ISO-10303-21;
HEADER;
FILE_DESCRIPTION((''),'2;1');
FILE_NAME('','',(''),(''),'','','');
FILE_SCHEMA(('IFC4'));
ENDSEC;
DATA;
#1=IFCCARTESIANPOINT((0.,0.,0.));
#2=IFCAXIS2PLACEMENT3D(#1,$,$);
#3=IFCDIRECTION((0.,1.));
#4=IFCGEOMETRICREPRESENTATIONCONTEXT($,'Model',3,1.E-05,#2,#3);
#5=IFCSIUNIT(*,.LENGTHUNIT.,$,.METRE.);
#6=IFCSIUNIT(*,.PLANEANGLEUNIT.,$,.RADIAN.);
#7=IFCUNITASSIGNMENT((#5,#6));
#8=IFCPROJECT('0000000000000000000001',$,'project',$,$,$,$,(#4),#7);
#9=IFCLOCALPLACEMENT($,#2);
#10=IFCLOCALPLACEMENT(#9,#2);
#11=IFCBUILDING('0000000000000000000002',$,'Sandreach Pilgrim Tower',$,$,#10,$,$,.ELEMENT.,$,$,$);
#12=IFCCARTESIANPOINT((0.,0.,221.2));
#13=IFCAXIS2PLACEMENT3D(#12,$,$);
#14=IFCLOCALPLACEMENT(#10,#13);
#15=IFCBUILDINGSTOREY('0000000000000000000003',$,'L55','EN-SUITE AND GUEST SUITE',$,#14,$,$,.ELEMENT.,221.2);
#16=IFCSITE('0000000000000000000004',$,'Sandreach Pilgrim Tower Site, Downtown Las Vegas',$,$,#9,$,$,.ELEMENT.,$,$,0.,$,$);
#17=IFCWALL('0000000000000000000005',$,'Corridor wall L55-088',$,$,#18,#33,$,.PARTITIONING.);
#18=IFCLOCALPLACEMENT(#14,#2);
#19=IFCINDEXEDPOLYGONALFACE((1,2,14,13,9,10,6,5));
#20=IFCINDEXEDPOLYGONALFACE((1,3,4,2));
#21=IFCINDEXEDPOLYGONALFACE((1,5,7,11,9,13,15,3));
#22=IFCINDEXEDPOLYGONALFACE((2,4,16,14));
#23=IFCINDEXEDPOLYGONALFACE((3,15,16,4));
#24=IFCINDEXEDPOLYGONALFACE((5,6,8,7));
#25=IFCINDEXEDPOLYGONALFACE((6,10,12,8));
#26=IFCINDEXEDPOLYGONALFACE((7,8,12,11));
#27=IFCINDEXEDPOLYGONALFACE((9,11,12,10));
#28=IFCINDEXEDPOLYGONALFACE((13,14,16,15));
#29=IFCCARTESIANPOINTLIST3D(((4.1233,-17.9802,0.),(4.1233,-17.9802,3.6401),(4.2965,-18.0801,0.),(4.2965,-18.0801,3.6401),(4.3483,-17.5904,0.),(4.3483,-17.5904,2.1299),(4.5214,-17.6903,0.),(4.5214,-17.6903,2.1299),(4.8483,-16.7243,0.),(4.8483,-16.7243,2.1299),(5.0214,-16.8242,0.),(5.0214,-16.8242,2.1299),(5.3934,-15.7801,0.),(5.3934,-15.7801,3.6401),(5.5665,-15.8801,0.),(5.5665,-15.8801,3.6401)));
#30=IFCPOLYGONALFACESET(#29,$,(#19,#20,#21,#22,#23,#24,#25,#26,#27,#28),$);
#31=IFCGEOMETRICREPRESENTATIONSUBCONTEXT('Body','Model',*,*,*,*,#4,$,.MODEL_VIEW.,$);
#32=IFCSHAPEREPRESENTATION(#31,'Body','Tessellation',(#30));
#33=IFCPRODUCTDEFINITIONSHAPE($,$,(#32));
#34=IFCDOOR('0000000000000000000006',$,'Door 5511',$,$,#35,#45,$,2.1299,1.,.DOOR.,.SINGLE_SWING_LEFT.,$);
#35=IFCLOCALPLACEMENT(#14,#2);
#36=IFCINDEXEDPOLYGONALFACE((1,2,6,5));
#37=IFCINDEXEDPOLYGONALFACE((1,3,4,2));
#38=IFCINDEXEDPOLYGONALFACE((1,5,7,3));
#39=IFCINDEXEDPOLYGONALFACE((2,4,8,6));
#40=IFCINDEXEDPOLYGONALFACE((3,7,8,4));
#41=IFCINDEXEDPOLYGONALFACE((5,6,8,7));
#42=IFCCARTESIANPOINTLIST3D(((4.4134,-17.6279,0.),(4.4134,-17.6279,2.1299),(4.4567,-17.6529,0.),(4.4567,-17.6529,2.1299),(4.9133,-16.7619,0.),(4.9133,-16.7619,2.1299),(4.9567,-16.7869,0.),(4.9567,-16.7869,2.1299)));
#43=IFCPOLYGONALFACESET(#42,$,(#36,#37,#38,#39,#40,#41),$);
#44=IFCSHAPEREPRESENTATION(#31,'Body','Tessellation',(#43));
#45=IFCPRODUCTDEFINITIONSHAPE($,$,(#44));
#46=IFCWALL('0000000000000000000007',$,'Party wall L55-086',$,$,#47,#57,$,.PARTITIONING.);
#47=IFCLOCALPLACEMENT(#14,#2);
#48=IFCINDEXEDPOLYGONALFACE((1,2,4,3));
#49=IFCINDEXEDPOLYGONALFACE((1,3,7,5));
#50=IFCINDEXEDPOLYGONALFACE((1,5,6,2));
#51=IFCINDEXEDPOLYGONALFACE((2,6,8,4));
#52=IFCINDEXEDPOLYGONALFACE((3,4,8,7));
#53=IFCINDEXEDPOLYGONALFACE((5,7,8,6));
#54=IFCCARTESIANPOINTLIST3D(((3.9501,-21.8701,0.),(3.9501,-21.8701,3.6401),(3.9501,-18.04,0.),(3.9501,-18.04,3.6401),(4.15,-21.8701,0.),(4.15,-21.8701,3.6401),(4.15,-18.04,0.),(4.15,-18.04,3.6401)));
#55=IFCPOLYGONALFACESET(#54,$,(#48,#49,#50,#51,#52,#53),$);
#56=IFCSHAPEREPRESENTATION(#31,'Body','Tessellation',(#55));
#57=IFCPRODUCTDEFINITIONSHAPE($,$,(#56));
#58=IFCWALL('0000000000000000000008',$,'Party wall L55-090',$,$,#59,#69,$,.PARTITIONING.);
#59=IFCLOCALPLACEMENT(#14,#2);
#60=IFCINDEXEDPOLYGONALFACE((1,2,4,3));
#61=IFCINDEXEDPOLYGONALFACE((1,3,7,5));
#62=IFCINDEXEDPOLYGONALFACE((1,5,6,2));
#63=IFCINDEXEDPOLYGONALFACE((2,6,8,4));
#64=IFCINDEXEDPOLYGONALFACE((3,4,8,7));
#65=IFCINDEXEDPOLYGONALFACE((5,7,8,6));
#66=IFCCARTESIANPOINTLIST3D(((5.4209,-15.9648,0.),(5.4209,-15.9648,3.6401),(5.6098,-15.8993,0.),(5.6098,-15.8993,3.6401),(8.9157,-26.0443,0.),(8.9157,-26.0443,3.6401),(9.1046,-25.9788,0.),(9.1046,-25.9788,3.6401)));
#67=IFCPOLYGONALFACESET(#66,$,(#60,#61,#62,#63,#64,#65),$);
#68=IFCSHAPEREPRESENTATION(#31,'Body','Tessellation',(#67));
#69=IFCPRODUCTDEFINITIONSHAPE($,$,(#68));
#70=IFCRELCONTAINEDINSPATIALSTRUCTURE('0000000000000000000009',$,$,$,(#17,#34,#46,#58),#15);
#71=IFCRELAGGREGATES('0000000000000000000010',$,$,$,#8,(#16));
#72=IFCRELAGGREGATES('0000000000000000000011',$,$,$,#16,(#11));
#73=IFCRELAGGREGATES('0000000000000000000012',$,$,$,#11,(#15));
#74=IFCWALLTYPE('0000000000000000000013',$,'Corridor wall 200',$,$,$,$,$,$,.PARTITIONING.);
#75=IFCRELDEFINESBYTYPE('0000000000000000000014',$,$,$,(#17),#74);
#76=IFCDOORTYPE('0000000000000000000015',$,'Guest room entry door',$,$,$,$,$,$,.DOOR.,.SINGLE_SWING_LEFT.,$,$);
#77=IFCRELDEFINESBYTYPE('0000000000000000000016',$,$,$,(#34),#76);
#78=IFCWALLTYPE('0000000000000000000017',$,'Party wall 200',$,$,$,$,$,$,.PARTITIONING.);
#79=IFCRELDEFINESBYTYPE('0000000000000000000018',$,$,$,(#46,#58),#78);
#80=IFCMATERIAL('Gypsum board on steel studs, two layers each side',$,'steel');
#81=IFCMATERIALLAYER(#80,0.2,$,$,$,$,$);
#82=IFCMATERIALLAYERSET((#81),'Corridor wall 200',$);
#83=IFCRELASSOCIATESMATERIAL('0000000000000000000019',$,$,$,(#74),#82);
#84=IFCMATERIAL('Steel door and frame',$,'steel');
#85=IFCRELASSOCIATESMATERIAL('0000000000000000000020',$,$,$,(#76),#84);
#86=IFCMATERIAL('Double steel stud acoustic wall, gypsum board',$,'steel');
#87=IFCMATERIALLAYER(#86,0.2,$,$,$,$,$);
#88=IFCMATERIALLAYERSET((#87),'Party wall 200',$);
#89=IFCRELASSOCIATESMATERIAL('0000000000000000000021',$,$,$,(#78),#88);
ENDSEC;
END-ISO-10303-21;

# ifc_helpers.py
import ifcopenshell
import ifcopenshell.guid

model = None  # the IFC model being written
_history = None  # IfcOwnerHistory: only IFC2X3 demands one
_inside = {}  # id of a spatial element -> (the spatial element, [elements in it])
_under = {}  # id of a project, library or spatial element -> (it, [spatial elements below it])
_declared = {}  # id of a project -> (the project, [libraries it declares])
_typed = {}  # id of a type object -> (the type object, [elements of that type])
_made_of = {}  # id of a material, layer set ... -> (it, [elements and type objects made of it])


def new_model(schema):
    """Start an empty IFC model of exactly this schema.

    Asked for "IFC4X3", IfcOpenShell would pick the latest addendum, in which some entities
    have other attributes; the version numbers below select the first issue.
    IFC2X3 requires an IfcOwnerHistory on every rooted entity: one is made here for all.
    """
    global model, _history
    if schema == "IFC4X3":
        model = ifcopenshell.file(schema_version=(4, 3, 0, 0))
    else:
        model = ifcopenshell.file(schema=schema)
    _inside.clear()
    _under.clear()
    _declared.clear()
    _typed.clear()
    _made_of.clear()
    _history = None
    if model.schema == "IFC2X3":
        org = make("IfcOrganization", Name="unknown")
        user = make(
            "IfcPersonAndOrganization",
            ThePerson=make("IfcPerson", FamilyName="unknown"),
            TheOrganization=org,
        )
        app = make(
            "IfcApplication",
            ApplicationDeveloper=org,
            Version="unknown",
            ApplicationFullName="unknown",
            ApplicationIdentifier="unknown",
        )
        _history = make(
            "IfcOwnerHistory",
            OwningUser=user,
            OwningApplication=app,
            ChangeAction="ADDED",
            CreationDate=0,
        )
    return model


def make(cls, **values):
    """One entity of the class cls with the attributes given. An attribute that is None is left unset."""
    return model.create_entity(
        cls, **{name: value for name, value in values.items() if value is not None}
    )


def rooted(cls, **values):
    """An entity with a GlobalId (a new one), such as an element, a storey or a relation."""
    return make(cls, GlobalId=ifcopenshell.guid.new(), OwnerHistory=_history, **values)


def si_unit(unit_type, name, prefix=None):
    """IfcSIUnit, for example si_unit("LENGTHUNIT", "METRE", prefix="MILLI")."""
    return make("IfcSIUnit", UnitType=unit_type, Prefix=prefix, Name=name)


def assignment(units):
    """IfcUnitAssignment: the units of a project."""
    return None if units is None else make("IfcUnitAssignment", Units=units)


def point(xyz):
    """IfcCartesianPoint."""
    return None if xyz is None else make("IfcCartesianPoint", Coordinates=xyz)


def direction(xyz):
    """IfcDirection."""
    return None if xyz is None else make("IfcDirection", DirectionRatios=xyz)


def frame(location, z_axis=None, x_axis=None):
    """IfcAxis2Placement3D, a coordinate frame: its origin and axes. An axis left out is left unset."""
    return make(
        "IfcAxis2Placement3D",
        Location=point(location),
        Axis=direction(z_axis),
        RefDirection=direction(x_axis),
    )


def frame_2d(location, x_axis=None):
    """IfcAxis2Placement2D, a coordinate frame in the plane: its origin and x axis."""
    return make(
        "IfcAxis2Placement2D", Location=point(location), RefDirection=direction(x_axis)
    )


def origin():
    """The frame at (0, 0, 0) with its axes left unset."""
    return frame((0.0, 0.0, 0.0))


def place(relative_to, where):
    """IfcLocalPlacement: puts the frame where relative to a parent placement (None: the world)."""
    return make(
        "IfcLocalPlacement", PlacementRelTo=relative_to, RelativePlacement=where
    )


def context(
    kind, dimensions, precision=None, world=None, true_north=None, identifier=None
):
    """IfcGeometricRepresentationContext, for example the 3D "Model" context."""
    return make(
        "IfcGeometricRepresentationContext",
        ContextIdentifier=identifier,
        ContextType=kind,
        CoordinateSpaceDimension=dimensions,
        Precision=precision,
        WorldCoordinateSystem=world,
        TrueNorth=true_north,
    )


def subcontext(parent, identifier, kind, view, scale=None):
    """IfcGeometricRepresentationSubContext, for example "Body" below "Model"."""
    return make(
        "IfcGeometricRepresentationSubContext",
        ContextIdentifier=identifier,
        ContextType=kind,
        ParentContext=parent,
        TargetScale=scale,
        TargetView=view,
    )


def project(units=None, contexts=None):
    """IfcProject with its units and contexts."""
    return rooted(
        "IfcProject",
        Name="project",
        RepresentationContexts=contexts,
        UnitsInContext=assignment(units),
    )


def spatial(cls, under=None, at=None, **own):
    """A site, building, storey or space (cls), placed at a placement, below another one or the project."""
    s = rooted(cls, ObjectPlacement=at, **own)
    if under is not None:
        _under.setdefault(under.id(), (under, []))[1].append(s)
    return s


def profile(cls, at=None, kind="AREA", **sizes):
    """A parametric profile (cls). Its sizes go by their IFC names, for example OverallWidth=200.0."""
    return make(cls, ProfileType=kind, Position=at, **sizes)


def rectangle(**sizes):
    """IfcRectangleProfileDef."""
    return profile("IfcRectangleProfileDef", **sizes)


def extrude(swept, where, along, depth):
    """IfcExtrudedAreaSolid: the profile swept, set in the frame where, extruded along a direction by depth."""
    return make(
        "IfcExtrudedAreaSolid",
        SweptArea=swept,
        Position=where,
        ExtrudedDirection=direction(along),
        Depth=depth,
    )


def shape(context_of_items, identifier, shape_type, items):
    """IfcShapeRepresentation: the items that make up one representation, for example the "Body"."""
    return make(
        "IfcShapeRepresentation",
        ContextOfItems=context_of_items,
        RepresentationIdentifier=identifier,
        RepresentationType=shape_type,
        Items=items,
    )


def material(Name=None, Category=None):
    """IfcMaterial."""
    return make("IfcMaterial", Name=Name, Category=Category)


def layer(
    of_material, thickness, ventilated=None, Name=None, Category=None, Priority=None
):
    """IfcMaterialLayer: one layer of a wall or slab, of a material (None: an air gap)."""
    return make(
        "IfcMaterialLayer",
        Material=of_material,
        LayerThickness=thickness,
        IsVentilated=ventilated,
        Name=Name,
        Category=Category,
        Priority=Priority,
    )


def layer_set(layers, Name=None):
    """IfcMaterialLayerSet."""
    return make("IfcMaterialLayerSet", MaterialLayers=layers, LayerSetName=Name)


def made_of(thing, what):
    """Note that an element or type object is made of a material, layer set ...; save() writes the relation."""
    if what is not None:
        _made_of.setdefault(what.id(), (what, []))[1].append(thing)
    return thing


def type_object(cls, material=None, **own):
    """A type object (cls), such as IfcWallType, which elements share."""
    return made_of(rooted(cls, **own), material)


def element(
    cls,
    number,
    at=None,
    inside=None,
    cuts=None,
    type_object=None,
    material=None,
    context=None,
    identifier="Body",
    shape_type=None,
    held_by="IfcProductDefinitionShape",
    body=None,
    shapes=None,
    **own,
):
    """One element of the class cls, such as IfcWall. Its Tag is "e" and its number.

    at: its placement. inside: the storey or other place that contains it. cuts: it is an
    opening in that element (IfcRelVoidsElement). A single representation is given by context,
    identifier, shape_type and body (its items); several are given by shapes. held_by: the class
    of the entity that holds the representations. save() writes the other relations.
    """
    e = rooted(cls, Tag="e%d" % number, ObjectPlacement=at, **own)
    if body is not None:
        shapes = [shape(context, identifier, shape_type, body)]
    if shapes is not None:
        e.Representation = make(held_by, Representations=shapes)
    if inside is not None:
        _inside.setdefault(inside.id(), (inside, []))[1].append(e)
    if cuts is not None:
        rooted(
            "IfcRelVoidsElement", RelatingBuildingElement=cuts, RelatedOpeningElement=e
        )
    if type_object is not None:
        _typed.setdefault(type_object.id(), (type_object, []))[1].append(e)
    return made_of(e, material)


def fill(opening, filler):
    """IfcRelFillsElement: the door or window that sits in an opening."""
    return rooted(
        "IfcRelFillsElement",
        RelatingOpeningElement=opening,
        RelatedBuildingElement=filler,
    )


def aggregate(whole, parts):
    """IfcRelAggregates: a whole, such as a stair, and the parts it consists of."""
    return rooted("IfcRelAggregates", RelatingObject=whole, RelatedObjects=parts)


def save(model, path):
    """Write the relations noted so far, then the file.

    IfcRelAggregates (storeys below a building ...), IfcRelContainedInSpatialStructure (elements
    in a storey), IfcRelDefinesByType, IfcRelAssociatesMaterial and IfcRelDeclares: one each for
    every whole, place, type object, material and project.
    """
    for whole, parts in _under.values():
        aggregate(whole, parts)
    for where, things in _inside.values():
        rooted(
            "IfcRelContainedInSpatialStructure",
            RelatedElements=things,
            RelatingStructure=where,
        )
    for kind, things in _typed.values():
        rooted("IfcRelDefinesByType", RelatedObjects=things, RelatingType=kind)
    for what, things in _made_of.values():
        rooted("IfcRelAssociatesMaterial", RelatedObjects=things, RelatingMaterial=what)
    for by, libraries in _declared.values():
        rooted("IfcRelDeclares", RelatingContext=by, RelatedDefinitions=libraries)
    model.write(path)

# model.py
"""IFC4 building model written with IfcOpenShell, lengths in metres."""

from ifc_helpers import new_model, si_unit, direction, frame, frame_2d, origin, place, context, subcontext, project, spatial, rectangle, extrude, material, layer, layer_set, type_object, element, fill, save


model = new_model("IFC4")

# Units and contexts
model_context = context("Model", 3, precision=1e-05, world=origin(), true_north=direction((0.0, 1.0)))
body_context = subcontext(model_context, "Body", "Model", "MODEL_VIEW")
ifc_project = project(units=[si_unit("LENGTHUNIT", "METRE"), si_unit("PLANEANGLEUNIT", "RADIAN")], contexts=[model_context])

# Site, building, storey
site_placement = place(None, origin())
site = spatial("IfcSite", under=ifc_project, at=site_placement, Name="Sandreach Pilgrim Tower Site, Downtown Las Vegas", CompositionType="ELEMENT", RefElevation=0.0)
building_placement = place(site_placement, origin())
building = spatial("IfcBuilding", under=site, at=building_placement, Name="Sandreach Pilgrim Tower", CompositionType="ELEMENT")
storey_placement = place(building_placement, frame((0.0, 0.0, 221.2)))
storey = spatial("IfcBuildingStorey", under=building, at=storey_placement, Name="L55", Description="EN-SUITE AND GUEST SUITE", CompositionType="ELEMENT", Elevation=221.2)

# Shared definitions
ifc_material_1 = material(Name="Gypsum board on steel studs, two layers each side", Category="steel")
ifc_layer_1 = layer(ifc_material_1, 0.2)
ifc_layer_set_1 = layer_set([ifc_layer_1], Name="Corridor wall 200")
wall_type_1 = type_object("IfcWallType", Name="Corridor wall 200", PredefinedType="PARTITIONING", material=ifc_layer_set_1)
ifc_material_2 = material(Name="Steel door and frame", Category="steel")
door_type_1 = type_object("IfcDoorType", Name="Guest room entry door", OperationType="SINGLE_SWING_LEFT", PredefinedType="DOOR", material=ifc_material_2)

# Wall, opening, door
wall_1_placement = place(storey_placement, frame((4.21, -18.03, 0.0), z_axis=(0.0, 0.0, 1.0), x_axis=(0.499964, 0.866046, 0.0)))
wall_1 = element("IfcWall", 1, at=wall_1_placement, inside=storey, type_object=wall_type_1, Name="Corridor wall L55-088", PredefinedType="PARTITIONING", context=body_context, shape_type="SweptSolid", body=[
    extrude(rectangle(XDim=2.5403, YDim=0.2, at=frame_2d((1.27, 0.0))), origin(), (0.0, 0.0, 1.0), 3.6401),
])
opening_1_placement = place(wall_1_placement, frame((0.45, 0.0, 0.0)))
opening_1 = element("IfcOpeningElement", 2, at=opening_1_placement, cuts=wall_1, PredefinedType="OPENING", context=body_context, shape_type="SweptSolid", body=[
    extrude(rectangle(XDim=1.0, YDim=2.1299, at=frame_2d((0.5, 1.0649))), frame((0.0, 0.1001, 0.0), z_axis=(0.0, -1.0, 0.0), x_axis=(1.0, 0.0, 0.0)), (0.0, 0.0, 1.0), 0.2),
])
door_1_placement = place(opening_1_placement, origin())
door_1 = element("IfcDoor", 3, at=door_1_placement, inside=storey, type_object=door_type_1, Name="Door 5511", OperationType="SINGLE_SWING_LEFT", OverallHeight=2.1299, OverallWidth=1.0, PredefinedType="DOOR", context=body_context, shape_type="SweptSolid", body=[
    extrude(rectangle(XDim=1.0, YDim=2.1299, at=frame_2d((0.5, 1.0649))), frame((0.0, 0.0249, 0.0), z_axis=(0.0, -1.0, 0.0), x_axis=(1.0, 0.0, 0.0)), (0.0, 0.0, 1.0), 0.05),
])
fill(opening_1, door_1)

# Walls
ifc_material_3 = material(Name="Double steel stud acoustic wall, gypsum board", Category="steel")
ifc_layer_2 = layer(ifc_material_3, 0.2)
ifc_layer_set_2 = layer_set([ifc_layer_2], Name="Party wall 200")
wall_type_2 = type_object("IfcWallType", Name="Party wall 200", PredefinedType="PARTITIONING", material=ifc_layer_set_2)
wall_2_placement = place(storey_placement, frame((4.05, -21.8701, 0.0), z_axis=(0.0, 0.0, 1.0), x_axis=(0.0, 1.0, 0.0)))
element("IfcWall", 4, at=wall_2_placement, inside=storey, type_object=wall_type_2, Name="Party wall L55-086", PredefinedType="PARTITIONING", context=body_context, shape_type="SweptSolid", body=[
    extrude(rectangle(XDim=3.8301, YDim=0.2, at=frame_2d((1.915, 0.0))), origin(), (0.0, 0.0, 1.0), 3.6401),
])
wall_3_placement = place(storey_placement, frame((5.5154, -15.9321, 0.0), z_axis=(0.0, 0.0, 1.0), x_axis=(0.327595, -0.944818, 0.0)))
element("IfcWall", 5, at=wall_3_placement, inside=storey, type_object=wall_type_2, Name="Party wall L55-090", PredefinedType="PARTITIONING", context=body_context, shape_type="SweptSolid", body=[
    extrude(rectangle(XDim=10.6682, YDim=0.2, at=frame_2d((5.334, 0.0))), origin(), (0.0, 0.0, 1.0), 3.6401),
])

save(model, "model.ifc")
